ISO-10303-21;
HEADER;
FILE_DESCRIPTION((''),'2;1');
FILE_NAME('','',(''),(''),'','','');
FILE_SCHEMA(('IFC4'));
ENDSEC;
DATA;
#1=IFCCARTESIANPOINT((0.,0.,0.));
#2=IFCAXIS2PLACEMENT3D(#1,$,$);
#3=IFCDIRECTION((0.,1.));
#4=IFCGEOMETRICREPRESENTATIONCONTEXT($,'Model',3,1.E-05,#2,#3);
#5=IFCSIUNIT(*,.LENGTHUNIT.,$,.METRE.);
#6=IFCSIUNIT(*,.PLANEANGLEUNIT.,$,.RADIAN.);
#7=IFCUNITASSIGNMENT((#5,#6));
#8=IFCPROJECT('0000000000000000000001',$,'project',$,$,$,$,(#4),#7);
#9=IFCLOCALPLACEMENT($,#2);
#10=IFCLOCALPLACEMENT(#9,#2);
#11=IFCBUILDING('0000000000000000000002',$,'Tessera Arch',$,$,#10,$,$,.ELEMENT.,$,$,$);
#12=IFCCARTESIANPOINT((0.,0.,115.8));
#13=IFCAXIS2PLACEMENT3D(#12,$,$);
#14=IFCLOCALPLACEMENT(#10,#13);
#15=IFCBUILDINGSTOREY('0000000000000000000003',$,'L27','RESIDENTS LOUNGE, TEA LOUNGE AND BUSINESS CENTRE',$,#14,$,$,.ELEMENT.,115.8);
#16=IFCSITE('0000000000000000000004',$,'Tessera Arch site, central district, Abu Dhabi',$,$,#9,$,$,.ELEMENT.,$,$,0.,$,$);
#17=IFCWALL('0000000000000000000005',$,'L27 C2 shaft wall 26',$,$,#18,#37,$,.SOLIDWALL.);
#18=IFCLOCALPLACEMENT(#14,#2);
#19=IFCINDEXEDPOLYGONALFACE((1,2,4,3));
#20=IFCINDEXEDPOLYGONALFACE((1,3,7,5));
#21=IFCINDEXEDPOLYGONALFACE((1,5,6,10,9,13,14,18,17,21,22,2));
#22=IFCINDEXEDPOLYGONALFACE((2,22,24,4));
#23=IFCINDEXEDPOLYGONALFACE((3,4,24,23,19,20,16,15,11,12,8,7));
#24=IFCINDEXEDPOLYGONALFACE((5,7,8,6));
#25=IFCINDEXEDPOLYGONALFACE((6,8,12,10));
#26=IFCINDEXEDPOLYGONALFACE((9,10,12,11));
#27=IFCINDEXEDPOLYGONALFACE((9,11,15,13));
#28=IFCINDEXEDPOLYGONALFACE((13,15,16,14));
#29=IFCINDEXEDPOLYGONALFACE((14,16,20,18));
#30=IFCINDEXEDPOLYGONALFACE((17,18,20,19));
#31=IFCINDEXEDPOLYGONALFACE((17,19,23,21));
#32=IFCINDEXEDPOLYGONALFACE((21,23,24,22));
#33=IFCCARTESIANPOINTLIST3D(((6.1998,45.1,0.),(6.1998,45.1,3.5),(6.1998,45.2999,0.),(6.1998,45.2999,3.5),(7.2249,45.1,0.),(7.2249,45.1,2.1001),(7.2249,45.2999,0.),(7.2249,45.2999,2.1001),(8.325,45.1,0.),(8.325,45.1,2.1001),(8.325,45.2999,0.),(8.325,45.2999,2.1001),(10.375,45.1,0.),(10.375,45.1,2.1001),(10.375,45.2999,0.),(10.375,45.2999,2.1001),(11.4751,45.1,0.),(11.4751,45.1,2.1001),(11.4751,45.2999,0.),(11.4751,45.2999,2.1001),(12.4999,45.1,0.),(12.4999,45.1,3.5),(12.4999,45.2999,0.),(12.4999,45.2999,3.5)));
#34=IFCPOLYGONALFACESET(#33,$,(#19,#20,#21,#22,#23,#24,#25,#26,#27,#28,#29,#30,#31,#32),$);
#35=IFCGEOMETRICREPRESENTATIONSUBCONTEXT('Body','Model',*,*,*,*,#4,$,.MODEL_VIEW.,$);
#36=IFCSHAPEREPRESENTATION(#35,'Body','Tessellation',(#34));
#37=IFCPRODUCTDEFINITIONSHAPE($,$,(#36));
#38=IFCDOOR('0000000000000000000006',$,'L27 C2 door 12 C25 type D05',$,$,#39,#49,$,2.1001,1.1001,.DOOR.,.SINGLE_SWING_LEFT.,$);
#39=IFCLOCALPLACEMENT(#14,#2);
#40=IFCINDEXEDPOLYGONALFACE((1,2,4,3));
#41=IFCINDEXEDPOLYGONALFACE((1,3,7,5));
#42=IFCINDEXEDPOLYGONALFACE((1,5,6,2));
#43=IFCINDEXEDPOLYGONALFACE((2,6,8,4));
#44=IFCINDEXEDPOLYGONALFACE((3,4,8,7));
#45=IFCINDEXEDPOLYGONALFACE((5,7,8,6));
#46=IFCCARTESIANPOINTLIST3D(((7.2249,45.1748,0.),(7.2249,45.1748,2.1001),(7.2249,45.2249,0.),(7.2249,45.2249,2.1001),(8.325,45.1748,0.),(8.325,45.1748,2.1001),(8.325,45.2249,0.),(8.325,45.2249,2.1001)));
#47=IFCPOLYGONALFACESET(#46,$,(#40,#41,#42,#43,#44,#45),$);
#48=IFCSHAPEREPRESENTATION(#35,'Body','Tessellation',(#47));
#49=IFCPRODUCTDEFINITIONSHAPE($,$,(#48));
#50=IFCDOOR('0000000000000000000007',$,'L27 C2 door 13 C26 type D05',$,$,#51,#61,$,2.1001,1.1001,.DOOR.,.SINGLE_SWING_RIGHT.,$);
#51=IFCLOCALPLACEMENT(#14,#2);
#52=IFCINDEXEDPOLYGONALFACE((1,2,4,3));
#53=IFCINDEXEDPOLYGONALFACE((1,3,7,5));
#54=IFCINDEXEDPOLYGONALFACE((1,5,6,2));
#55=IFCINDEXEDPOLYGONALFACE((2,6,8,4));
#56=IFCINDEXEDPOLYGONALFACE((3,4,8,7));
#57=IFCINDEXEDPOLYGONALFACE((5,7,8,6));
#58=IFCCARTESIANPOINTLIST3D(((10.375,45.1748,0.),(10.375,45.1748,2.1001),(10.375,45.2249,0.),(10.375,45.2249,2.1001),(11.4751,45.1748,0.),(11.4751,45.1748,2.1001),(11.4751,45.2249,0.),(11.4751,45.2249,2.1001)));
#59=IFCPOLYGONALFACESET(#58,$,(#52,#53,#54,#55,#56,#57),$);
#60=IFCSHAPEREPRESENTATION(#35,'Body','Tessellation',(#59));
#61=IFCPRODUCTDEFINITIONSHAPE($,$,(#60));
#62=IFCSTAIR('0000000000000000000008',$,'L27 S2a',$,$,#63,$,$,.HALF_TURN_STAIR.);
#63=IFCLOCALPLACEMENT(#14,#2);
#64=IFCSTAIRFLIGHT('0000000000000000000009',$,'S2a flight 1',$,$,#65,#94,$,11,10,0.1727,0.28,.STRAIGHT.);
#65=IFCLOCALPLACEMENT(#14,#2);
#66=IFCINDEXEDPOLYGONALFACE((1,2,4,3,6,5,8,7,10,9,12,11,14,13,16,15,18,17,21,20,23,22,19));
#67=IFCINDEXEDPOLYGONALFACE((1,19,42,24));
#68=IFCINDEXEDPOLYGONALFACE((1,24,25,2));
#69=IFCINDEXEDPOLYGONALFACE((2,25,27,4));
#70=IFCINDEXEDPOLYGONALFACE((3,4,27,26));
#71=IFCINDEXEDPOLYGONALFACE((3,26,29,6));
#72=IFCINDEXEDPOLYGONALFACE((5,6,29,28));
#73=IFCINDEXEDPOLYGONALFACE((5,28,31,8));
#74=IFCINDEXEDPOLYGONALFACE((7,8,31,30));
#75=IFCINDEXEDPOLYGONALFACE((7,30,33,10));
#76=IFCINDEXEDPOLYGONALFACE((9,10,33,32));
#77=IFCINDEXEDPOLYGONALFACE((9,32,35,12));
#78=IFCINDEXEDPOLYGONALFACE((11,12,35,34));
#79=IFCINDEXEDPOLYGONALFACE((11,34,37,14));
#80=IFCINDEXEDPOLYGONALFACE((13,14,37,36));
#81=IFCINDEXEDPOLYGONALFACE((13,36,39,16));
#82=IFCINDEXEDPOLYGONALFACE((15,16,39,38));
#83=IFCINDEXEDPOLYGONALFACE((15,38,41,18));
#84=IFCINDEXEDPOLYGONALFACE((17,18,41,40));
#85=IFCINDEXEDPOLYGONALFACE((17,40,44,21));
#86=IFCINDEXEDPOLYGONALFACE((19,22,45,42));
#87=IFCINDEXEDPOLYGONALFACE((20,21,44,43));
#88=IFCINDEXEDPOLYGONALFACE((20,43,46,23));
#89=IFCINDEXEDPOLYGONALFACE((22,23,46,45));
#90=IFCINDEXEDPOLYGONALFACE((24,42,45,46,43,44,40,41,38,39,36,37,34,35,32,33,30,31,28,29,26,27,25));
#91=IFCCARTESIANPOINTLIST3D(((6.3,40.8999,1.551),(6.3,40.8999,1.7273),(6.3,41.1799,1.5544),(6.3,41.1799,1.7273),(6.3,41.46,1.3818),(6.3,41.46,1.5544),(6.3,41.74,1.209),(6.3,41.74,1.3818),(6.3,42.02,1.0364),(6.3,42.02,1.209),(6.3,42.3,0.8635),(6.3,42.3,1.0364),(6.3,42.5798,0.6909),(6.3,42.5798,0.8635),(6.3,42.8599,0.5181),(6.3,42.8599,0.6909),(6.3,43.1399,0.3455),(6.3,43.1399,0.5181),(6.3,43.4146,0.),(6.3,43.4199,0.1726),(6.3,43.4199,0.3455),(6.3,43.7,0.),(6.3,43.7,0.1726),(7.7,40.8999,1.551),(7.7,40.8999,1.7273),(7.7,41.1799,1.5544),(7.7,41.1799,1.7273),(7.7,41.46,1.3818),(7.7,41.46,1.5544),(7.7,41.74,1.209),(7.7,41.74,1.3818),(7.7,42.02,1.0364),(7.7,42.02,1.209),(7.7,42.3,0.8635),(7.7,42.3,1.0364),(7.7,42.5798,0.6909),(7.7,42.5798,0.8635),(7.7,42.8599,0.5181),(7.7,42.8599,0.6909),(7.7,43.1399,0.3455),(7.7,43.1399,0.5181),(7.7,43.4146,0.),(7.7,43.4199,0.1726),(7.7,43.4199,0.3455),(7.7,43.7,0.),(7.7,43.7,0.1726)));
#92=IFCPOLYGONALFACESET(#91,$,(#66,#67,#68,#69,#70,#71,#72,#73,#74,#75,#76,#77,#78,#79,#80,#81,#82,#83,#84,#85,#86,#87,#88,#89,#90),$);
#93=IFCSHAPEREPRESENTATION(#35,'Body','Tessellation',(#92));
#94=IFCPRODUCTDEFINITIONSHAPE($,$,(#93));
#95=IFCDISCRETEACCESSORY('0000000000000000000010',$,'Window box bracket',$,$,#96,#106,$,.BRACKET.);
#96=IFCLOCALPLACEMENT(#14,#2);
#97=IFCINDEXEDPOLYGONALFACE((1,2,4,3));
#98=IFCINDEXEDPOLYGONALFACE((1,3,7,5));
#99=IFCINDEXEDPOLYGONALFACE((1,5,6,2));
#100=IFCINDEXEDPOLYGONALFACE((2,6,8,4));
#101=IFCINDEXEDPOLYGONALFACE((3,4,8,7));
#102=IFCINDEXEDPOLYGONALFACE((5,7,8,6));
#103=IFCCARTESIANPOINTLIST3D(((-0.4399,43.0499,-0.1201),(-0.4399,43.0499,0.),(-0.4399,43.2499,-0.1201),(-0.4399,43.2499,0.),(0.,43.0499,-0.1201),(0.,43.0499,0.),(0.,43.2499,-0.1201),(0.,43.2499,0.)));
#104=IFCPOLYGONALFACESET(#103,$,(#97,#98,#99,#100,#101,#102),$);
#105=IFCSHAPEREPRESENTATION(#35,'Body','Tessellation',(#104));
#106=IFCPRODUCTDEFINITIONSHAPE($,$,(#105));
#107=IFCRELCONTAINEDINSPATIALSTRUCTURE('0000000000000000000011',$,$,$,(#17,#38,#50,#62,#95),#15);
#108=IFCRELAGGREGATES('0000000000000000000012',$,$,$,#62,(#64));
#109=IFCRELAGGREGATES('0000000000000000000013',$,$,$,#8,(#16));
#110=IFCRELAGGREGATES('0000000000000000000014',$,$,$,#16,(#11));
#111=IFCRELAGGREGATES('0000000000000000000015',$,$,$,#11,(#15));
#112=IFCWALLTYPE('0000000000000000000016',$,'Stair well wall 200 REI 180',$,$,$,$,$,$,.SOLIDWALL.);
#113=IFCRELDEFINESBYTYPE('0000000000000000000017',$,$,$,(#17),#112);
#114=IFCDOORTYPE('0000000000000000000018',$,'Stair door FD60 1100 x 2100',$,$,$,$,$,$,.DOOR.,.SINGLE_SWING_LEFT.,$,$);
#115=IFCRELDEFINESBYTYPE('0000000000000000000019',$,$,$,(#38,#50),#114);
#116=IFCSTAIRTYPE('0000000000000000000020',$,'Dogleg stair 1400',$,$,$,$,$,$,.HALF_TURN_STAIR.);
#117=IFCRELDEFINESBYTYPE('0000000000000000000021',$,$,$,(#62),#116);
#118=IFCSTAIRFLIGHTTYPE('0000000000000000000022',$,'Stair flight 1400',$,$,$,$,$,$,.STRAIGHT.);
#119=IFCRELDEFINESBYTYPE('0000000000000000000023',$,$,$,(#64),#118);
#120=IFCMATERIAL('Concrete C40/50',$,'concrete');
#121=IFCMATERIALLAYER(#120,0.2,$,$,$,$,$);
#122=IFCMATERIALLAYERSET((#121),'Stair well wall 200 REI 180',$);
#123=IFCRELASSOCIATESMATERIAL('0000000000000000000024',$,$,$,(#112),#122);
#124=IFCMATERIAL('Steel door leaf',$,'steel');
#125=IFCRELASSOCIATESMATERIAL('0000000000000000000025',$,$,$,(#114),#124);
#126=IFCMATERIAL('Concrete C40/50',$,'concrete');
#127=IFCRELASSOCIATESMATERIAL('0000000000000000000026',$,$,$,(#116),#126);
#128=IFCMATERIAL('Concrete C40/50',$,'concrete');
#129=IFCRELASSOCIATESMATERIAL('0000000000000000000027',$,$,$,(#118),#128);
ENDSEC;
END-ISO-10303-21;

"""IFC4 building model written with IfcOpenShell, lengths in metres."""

from ifc_helpers import new_model, si_unit, direction, frame, frame_2d, origin, origin_2d, place, context, subcontext, project, spatial, polyline, rectangle, outline, extrude, material, layer, layer_set, type_object, element, fill, aggregate, save


model = new_model("IFC4")

# Units and contexts
model_context = context("Model", 3, precision=1e-05, world=origin(), true_north=direction((0.0, 1.0)))
body_context = subcontext(model_context, "Body", "Model", "MODEL_VIEW")
ifc_project = project(units=[si_unit("LENGTHUNIT", "METRE"), si_unit("PLANEANGLEUNIT", "RADIAN")], contexts=[model_context])

# Site, building, storey
site_placement = place(None, origin())
site = spatial("IfcSite", under=ifc_project, at=site_placement, Name="Tessera Arch site, central district, Abu Dhabi", CompositionType="ELEMENT", RefElevation=0.0)
building_placement = place(site_placement, origin())
building = spatial("IfcBuilding", under=site, at=building_placement, Name="Tessera Arch", CompositionType="ELEMENT")
storey_placement = place(building_placement, frame((0.0, 0.0, 115.8)))
storey = spatial("IfcBuildingStorey", under=building, at=storey_placement, Name="L27", Description="RESIDENTS LOUNGE, TEA LOUNGE AND BUSINESS CENTRE", CompositionType="ELEMENT", Elevation=115.8)

# Wall, openings, doors
ifc_material_1 = material(Name="Concrete C40/50", Category="concrete")
ifc_layer_1 = layer(ifc_material_1, 0.2)
ifc_layer_set_1 = layer_set([ifc_layer_1], Name="Stair well wall 200 REI 180")
wall_type_1 = type_object("IfcWallType", Name="Stair well wall 200 REI 180", PredefinedType="SOLIDWALL", material=ifc_layer_set_1)
wall_1_placement = place(storey_placement, frame((6.2, 45.2, 0.0), z_axis=(0.0, 0.0, 1.0), x_axis=(1.0, 0.0, 0.0)))
wall_1 = element("IfcWall", 1, at=wall_1_placement, inside=storey, type_object=wall_type_1, Name="L27 C2 shaft wall 26", PredefinedType="SOLIDWALL", context=body_context, shape_type="SweptSolid", body=[
    extrude(rectangle(XDim=6.3, YDim=0.2, at=frame_2d((3.1499, 0.0))), origin(), (0.0, 0.0, 1.0), 3.5),
])
opening_1_placement = place(wall_1_placement, frame((1.0249, 0.0, 0.0)))
opening_1 = element("IfcOpeningElement", 2, at=opening_1_placement, cuts=wall_1, PredefinedType="OPENING", context=body_context, shape_type="SweptSolid", body=[
    extrude(rectangle(XDim=1.1001, YDim=2.1001, at=frame_2d((0.55, 1.05))), frame((0.0, 0.1099, 0.0), z_axis=(0.0, -1.0, 0.0), x_axis=(1.0, 0.0, 0.0)), (0.0, 0.0, 1.0), 0.22),
])
opening_2_placement = place(wall_1_placement, frame((4.175, 0.0, 0.0)))
opening_2 = element("IfcOpeningElement", 3, at=opening_2_placement, cuts=wall_1, PredefinedType="OPENING", context=body_context, shape_type="SweptSolid", body=[
    extrude(rectangle(XDim=1.1001, YDim=2.1001, at=frame_2d((0.55, 1.05))), frame((0.0, 0.1099, 0.0), z_axis=(0.0, -1.0, 0.0), x_axis=(1.0, 0.0, 0.0)), (0.0, 0.0, 1.0), 0.22),
])
ifc_material_2 = material(Name="Steel door leaf", Category="steel")
door_type_1 = type_object("IfcDoorType", Name="Stair door FD60 1100 x 2100", OperationType="SINGLE_SWING_LEFT", PredefinedType="DOOR", material=ifc_material_2)
door_1_placement = place(opening_1_placement, origin())
door_1 = element("IfcDoor", 4, at=door_1_placement, inside=storey, type_object=door_type_1, Name="L27 C2 door 12 C25 type D05", OperationType="SINGLE_SWING_LEFT", OverallHeight=2.1001, OverallWidth=1.1001, PredefinedType="DOOR", context=body_context, shape_type="SweptSolid", body=[
    extrude(rectangle(XDim=1.1001, YDim=2.1001, at=frame_2d((0.55, 1.05))), frame((0.0, 0.0249, 0.0), z_axis=(0.0, -1.0, 0.0), x_axis=(1.0, 0.0, 0.0)), (0.0, 0.0, 1.0), 0.05),
])
fill(opening_1, door_1)
door_2_placement = place(opening_2_placement, origin())
door_2 = element("IfcDoor", 5, at=door_2_placement, inside=storey, type_object=door_type_1, Name="L27 C2 door 13 C26 type D05", OperationType="SINGLE_SWING_RIGHT", OverallHeight=2.1001, OverallWidth=1.1001, PredefinedType="DOOR", context=body_context, shape_type="SweptSolid", body=[
    extrude(rectangle(XDim=1.1001, YDim=2.1001, at=frame_2d((0.55, 1.05))), frame((0.0, 0.0249, 0.0), z_axis=(0.0, -1.0, 0.0), x_axis=(1.0, 0.0, 0.0)), (0.0, 0.0, 1.0), 0.05),
])
fill(opening_2, door_2)

# Stair, stair flight
ifc_material_3 = material(Name="Concrete C40/50", Category="concrete")
stair_type = type_object("IfcStairType", Name="Dogleg stair 1400", PredefinedType="HALF_TURN_STAIR", material=ifc_material_3)
stair_placement = place(storey_placement, origin())
stair = element("IfcStair", 6, at=stair_placement, inside=storey, type_object=stair_type, Name="L27 S2a", PredefinedType="HALF_TURN_STAIR")
ifc_material_4 = material(Name="Concrete C40/50", Category="concrete")
stair_flight_type = type_object("IfcStairFlightType", Name="Stair flight 1400", PredefinedType="STRAIGHT", material=ifc_material_4)
stair_flight_placement = place(storey_placement, frame((7.0, 43.7, 0.0), z_axis=(0.0, 0.0, 1.0), x_axis=(0.0, -1.0, 0.0)))
stair_flight = element("IfcStairFlight", 7, at=stair_flight_placement, type_object=stair_flight_type, Name="S2a flight 1", NumberOfRisers=11, NumberOfTreads=10, PredefinedType="STRAIGHT", RiserHeight=0.1727, TreadLength=0.28, context=body_context, shape_type="SweptSolid", body=[
    extrude(outline(polyline([(0.0, 0.0), (0.0, 0.1726), (0.28, 0.1726), (0.28, 0.3455), (0.5601, 0.3455), (0.5601, 0.5181), (0.8401, 0.5181), (0.8401, 0.6909), (1.1201, 0.6909), (1.1201, 0.8635), (1.3999, 0.8635), (1.3999, 1.0364), (1.6799, 1.0364), (1.6799, 1.209), (1.96, 1.209), (1.96, 1.3818), (2.24, 1.3818), (2.24, 1.5544), (2.52, 1.5544), (2.52, 1.7273), (2.8, 1.7273), (2.8, 1.8999), (2.8, 1.551), (0.2854, 0.0), (0.0, 0.0)])), frame((0.0, 0.7, 0.0), z_axis=(0.0, -1.0, 0.0), x_axis=(1.0, 0.0, 0.0)), (0.0, 0.0, 1.0), 1.3999),
])
aggregate(stair, [stair_flight])

# Discrete accessory
discrete_accessory_placement = place(storey_placement, frame((-0.22, 43.1499, -0.1201), z_axis=(0.0, 0.0, 1.0), x_axis=(-1.0, 0.0, 0.0)))
element("IfcDiscreteAccessory", 8, at=discrete_accessory_placement, inside=storey, Name="Window box bracket", PredefinedType="BRACKET", context=body_context, shape_type="SweptSolid", body=[
    extrude(rectangle(XDim=0.4399, YDim=0.2, at=origin_2d()), origin(), (0.0, 0.0, 1.0), 0.1201),
])

save(model, "model.ifc")
